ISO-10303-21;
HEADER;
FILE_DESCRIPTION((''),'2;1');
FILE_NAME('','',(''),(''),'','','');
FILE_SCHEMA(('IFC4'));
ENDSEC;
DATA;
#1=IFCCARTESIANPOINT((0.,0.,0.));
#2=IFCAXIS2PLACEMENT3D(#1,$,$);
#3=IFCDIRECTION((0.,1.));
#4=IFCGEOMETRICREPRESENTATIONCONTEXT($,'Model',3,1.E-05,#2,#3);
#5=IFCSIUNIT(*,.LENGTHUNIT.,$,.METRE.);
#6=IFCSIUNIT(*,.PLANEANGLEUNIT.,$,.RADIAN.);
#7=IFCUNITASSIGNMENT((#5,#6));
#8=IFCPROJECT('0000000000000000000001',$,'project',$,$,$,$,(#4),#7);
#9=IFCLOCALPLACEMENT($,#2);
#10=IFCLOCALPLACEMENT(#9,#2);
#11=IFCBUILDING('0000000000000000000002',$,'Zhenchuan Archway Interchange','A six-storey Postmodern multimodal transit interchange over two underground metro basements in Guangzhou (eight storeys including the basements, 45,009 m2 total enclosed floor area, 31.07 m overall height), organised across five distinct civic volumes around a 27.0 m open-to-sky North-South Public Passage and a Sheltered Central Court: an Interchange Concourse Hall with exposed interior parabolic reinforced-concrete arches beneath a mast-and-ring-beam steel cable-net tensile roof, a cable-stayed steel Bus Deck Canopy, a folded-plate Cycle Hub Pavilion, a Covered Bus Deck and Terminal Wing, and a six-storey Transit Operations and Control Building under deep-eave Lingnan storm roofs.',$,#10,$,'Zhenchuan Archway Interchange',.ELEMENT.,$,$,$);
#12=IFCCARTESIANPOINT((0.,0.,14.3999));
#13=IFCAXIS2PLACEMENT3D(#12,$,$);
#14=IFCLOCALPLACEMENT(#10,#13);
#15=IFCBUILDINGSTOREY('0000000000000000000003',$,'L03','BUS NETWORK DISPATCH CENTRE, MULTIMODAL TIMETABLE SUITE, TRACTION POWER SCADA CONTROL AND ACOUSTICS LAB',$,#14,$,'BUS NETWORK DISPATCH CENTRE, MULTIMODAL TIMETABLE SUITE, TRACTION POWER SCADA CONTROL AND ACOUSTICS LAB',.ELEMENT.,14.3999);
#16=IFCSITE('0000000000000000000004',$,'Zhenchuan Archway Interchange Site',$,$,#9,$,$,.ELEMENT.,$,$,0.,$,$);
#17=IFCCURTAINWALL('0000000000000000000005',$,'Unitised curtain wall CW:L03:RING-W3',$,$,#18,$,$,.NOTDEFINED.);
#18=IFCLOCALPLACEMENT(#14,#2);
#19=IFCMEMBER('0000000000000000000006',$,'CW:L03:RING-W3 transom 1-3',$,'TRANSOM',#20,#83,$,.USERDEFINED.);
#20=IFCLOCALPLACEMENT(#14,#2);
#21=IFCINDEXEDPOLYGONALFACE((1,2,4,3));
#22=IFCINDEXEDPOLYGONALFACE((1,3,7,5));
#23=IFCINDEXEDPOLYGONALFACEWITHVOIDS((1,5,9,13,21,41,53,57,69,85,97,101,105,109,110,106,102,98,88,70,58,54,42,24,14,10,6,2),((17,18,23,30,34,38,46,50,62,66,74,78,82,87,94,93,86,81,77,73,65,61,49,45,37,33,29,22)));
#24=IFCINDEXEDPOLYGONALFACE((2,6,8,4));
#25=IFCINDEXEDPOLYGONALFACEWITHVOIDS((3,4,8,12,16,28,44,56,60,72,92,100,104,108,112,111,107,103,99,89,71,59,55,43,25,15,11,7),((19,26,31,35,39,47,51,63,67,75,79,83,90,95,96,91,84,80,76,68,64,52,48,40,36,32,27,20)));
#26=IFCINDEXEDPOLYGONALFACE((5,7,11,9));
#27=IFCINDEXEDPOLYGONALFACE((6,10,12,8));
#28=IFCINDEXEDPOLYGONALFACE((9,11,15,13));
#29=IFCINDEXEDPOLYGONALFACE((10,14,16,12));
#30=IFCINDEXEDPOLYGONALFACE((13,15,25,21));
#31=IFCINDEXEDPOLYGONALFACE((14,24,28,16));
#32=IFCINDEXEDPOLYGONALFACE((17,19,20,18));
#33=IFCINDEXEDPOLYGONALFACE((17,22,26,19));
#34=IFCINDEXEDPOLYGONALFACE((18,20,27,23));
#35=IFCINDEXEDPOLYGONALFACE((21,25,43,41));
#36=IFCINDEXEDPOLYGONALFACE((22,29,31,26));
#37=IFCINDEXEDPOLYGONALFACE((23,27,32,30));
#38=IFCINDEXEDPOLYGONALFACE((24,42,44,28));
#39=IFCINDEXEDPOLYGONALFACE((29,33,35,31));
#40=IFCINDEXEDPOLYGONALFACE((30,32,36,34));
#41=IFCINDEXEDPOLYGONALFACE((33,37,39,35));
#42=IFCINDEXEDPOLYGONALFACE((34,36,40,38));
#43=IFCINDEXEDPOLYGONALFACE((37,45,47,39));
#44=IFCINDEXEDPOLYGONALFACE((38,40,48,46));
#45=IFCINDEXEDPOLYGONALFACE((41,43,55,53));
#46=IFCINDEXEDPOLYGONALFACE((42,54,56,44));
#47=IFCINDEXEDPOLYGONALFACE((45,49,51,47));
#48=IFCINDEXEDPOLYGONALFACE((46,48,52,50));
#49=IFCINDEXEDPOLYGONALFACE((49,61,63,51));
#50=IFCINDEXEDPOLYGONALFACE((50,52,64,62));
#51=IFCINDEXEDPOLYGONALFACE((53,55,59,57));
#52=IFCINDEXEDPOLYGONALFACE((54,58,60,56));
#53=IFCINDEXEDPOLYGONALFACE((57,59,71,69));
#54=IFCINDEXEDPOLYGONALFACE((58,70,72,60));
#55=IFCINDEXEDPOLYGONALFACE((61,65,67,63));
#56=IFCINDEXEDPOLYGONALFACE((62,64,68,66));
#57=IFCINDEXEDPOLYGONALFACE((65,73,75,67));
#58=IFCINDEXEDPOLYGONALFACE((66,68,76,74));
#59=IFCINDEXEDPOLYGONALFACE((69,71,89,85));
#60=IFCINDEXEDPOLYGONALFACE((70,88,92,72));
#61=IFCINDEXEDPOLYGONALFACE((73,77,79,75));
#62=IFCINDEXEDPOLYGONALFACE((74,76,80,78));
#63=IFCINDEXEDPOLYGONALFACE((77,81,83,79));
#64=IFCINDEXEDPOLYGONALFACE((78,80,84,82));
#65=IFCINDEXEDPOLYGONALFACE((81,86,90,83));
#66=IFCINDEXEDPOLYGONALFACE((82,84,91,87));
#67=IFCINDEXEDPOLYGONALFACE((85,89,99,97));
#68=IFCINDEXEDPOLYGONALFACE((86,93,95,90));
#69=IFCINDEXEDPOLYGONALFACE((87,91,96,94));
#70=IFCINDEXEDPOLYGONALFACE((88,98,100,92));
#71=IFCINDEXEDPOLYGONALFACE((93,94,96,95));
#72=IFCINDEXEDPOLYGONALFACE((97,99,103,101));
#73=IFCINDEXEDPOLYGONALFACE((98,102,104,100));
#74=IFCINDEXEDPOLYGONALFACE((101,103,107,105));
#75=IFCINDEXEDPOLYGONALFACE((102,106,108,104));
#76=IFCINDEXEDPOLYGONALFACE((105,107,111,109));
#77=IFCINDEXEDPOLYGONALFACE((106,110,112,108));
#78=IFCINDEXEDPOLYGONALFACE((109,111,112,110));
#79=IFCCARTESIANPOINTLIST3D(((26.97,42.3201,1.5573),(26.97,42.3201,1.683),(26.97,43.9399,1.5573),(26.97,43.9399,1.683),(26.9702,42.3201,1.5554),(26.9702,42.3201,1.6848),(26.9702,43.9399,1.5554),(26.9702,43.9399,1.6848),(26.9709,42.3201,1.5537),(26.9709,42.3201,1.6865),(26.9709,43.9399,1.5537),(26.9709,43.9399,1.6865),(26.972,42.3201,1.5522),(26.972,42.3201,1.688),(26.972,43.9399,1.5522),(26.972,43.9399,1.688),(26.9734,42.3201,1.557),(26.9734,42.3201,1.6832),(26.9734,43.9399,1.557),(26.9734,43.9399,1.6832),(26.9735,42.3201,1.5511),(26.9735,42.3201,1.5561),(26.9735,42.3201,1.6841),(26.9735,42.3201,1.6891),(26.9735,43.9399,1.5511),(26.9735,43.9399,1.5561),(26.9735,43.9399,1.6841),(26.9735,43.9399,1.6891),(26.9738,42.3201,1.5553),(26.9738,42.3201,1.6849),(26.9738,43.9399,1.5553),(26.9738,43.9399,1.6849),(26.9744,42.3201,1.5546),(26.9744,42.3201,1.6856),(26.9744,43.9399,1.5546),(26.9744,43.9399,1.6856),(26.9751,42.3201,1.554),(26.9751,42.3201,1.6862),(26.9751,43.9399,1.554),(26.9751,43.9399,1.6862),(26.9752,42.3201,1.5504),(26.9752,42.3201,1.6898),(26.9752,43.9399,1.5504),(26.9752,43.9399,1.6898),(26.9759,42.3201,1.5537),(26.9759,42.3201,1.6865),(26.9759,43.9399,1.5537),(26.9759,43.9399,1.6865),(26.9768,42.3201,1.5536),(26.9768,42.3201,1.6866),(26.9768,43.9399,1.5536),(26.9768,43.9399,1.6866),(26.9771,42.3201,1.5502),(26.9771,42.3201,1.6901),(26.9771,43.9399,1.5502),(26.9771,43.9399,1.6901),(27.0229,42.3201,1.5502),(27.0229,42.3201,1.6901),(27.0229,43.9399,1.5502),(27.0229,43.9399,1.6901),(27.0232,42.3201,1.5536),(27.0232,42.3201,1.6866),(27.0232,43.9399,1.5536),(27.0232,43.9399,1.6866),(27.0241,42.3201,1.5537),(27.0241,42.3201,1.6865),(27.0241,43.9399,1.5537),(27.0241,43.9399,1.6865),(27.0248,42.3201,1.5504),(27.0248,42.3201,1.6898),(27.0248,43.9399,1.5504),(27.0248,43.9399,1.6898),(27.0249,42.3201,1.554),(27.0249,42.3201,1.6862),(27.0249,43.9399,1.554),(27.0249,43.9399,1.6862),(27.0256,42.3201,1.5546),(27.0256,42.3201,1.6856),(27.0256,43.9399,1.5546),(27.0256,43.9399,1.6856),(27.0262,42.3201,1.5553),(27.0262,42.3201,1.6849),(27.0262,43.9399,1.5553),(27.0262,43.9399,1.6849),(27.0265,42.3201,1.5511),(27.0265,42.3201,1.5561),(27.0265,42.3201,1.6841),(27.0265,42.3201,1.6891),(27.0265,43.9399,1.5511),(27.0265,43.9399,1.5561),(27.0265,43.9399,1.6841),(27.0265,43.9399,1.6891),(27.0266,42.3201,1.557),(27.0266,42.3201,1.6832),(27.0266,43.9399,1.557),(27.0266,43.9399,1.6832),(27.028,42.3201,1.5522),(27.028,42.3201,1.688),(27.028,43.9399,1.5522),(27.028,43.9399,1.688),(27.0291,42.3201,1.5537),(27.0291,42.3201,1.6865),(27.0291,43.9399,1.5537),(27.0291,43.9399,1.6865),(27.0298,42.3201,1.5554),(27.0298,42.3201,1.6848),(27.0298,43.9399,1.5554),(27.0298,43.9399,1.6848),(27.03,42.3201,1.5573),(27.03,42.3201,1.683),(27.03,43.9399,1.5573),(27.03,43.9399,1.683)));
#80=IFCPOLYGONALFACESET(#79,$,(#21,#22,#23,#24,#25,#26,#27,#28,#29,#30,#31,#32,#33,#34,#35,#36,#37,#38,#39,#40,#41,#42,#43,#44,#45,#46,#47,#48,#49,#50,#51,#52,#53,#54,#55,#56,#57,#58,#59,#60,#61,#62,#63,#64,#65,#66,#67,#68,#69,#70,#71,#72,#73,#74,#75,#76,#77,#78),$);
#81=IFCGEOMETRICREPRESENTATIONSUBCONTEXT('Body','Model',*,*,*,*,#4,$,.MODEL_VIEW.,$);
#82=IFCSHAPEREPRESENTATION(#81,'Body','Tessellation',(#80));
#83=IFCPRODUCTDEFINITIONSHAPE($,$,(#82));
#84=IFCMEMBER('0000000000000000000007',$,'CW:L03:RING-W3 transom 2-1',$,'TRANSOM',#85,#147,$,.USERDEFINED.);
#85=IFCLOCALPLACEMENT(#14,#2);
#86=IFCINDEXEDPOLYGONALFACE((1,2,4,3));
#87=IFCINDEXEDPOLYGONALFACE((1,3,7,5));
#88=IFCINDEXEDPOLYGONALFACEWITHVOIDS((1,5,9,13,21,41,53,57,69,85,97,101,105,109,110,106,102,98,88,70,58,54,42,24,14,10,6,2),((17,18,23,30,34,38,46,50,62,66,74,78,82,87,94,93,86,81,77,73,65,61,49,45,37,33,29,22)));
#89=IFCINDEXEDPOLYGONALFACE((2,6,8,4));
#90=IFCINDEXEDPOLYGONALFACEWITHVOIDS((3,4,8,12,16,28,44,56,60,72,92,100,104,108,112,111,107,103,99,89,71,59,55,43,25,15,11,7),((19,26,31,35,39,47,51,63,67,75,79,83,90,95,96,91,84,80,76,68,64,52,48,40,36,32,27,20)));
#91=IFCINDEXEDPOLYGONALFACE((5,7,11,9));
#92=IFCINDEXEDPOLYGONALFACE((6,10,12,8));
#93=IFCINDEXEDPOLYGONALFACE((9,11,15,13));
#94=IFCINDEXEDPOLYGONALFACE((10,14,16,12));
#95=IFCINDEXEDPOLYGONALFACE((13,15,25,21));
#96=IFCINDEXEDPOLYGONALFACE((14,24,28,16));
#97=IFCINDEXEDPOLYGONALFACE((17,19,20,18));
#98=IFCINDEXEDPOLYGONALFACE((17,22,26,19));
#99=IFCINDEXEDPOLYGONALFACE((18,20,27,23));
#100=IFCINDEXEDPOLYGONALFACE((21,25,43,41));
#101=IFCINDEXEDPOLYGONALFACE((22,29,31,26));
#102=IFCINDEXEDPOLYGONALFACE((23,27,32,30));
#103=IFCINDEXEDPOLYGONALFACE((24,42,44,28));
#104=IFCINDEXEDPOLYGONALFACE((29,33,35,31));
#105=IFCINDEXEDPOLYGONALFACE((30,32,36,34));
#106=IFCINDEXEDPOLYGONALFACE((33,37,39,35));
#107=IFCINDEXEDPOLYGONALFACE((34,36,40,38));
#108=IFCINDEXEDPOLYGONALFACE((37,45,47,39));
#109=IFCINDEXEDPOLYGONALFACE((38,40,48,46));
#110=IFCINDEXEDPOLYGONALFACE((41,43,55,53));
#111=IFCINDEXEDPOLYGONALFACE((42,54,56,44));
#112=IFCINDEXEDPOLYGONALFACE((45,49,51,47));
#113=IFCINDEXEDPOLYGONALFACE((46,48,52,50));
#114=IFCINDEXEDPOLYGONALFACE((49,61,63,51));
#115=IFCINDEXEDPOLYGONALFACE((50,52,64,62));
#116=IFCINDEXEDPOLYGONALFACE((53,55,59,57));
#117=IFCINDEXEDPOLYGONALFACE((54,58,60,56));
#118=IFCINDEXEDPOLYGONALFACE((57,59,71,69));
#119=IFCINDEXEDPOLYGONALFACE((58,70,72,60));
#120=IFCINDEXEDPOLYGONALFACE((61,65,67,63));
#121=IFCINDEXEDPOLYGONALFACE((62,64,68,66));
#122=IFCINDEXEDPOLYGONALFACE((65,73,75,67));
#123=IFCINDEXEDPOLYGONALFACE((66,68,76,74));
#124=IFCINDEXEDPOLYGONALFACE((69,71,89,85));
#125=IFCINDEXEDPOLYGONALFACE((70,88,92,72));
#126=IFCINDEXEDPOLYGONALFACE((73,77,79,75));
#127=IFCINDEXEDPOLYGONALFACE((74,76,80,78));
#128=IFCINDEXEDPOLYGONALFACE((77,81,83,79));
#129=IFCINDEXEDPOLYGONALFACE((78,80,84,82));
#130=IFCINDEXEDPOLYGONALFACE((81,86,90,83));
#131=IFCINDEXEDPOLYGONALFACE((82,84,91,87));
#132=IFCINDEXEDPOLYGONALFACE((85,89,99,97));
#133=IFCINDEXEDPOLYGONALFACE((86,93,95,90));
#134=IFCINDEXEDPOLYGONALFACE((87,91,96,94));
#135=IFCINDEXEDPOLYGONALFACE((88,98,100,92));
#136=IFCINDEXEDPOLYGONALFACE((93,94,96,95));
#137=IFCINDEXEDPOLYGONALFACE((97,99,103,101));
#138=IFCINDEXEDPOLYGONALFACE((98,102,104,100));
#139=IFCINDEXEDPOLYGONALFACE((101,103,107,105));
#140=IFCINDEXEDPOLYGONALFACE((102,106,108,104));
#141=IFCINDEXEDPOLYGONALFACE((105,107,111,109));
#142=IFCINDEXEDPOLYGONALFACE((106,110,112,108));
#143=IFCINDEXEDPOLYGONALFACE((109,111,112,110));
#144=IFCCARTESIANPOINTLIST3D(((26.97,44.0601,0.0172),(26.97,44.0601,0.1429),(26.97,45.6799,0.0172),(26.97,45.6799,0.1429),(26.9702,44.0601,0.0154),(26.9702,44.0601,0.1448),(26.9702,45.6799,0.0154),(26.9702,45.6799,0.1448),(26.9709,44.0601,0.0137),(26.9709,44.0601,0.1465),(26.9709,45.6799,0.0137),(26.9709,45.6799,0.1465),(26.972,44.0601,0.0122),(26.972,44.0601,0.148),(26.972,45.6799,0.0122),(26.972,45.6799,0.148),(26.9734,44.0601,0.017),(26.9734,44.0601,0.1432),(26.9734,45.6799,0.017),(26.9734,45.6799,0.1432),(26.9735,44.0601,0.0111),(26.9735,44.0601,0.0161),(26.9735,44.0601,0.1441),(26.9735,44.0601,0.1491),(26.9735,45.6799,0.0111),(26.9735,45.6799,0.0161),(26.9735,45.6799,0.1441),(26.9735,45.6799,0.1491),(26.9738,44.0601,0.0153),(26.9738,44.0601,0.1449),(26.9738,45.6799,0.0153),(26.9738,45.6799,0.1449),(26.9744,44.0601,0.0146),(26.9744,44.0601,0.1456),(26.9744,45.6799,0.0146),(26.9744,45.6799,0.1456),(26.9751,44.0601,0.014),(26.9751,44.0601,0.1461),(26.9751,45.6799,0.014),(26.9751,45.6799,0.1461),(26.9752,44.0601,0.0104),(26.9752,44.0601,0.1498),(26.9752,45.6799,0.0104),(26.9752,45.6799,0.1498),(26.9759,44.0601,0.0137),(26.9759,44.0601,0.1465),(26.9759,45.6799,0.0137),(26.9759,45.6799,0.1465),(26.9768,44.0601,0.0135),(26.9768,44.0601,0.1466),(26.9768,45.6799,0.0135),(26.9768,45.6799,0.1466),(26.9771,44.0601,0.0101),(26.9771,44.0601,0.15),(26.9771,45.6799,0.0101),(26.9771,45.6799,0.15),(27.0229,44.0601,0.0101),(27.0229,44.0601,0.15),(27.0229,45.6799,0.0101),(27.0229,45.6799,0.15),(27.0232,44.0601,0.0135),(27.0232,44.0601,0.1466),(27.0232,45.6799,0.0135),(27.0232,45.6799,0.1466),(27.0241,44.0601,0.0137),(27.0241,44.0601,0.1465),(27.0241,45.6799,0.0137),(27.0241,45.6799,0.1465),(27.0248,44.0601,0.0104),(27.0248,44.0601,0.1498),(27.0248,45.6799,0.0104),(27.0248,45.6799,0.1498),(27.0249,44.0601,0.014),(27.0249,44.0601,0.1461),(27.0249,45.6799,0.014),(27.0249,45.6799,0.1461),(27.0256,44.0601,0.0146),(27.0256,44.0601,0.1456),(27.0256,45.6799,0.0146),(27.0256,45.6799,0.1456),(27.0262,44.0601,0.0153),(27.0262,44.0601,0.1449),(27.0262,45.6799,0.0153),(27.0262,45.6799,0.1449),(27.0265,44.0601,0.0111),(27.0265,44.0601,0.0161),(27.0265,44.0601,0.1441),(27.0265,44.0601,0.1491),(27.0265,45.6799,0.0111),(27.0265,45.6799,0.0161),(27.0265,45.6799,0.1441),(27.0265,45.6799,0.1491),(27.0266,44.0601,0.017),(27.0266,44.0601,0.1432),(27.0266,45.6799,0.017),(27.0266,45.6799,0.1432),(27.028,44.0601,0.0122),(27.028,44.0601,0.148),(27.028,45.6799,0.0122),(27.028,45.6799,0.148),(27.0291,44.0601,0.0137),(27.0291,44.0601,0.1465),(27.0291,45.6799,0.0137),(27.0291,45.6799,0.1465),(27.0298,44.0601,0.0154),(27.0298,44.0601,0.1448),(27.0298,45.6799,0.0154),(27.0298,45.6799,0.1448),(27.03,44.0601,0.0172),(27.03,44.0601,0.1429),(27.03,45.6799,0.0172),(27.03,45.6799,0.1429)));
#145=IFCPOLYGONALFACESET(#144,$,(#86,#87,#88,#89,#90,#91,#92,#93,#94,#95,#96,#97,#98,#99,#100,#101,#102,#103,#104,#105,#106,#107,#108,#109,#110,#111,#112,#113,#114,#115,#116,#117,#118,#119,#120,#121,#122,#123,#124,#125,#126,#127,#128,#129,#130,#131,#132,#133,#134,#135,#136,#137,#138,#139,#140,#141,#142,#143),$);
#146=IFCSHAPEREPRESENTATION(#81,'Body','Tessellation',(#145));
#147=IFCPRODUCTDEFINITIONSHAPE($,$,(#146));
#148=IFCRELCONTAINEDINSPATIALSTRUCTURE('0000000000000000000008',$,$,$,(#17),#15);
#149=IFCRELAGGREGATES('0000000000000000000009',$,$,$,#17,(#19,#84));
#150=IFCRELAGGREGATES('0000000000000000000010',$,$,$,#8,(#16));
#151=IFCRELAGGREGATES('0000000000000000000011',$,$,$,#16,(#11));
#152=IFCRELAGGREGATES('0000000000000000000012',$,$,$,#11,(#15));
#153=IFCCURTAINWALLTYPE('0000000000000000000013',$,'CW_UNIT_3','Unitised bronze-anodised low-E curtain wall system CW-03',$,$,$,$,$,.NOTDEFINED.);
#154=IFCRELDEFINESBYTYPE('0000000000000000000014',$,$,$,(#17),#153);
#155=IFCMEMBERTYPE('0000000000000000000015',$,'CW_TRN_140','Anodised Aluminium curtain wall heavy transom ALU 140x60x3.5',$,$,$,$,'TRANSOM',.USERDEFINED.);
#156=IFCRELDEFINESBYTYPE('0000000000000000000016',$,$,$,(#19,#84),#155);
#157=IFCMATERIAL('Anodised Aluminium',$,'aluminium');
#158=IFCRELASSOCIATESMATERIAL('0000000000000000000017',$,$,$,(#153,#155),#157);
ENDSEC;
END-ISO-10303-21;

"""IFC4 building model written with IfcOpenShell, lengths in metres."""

from ifc_helpers import new_model, si_unit, direction, frame, origin, origin_2d, place, context, subcontext, project, spatial, hollow_rectangle, extrude, material, material_profile, profile_set, type_object, element, aggregate, save


model = new_model("IFC4")

# Units and contexts
model_context = context("Model", 3, precision=1e-05, world=origin(), true_north=direction((0.0, 1.0)))
body_context = subcontext(model_context, "Body", "Model", "MODEL_VIEW")
ifc_project = project(units=[si_unit("LENGTHUNIT", "METRE"), si_unit("PLANEANGLEUNIT", "RADIAN")], contexts=[model_context])

# Site, building, storey
site_placement = place(None, origin())
site = spatial("IfcSite", under=ifc_project, at=site_placement, Name="Zhenchuan Archway Interchange Site", CompositionType="ELEMENT", RefElevation=0.0)
building_placement = place(site_placement, origin())
building = spatial("IfcBuilding", under=site, at=building_placement, Name="Zhenchuan Archway Interchange", Description="A six-storey Postmodern multimodal transit interchange over two underground metro basements in Guangzhou (eight storeys including the basements, 45,009 m2 total enclosed floor area, 31.07 m overall height), organised across five distinct civic volumes around a 27.0 m open-to-sky North-South Public Passage and a Sheltered Central Court: an Interchange Concourse Hall with exposed interior parabolic reinforced-concrete arches beneath a mast-and-ring-beam steel cable-net tensile roof, a cable-stayed steel Bus Deck Canopy, a folded-plate Cycle Hub Pavilion, a Covered Bus Deck and Terminal Wing, and a six-storey Transit Operations and Control Building under deep-eave Lingnan storm roofs.", LongName="Zhenchuan Archway Interchange", CompositionType="ELEMENT")
storey_placement = place(building_placement, frame((0.0, 0.0, 14.3999)))
storey = spatial("IfcBuildingStorey", under=building, at=storey_placement, Name="L03", Description="BUS NETWORK DISPATCH CENTRE, MULTIMODAL TIMETABLE SUITE, TRACTION POWER SCADA CONTROL AND ACOUSTICS LAB", LongName="BUS NETWORK DISPATCH CENTRE, MULTIMODAL TIMETABLE SUITE, TRACTION POWER SCADA CONTROL AND ACOUSTICS LAB", CompositionType="ELEMENT", Elevation=14.3999)

# Curtain wall, members
ifc_material_1 = material(Name="Anodised Aluminium", Category="aluminium")
curtain_wall_type = type_object("IfcCurtainWallType", Name="CW_UNIT_3", Description="Unitised bronze-anodised low-E curtain wall system CW-03", PredefinedType="NOTDEFINED", material=ifc_material_1)
curtain_wall_placement = place(storey_placement, origin())
curtain_wall = element("IfcCurtainWall", 1, at=curtain_wall_placement, inside=storey, type_object=curtain_wall_type, Name="Unitised curtain wall CW:L03:RING-W3", PredefinedType="NOTDEFINED")
ifc_material_profile_1 = material_profile(ifc_material_1, hollow_rectangle(XDim=0.0601, YDim=0.1399, WallThickness=0.0034, InnerFilletRadius=0.0034, OuterFilletRadius=0.0071, at=origin_2d()), Name="ALU 140x60x3.5")
ifc_profile_set_1 = profile_set([ifc_material_profile_1], Name="Anodised Aluminium")
member_type_1 = type_object("IfcMemberType", Name="CW_TRN_140", Description="Anodised Aluminium curtain wall heavy transom ALU 140x60x3.5", ElementType="TRANSOM", PredefinedType="USERDEFINED", material=ifc_profile_set_1)
member_1_placement = place(storey_placement, frame((27.0, 42.3201, 1.6201), z_axis=(0.0, 1.0, 0.0), x_axis=(-1.0, 0.0, 0.0)))
member_1 = element("IfcMember", 2, at=member_1_placement, type_object=member_type_1, Name="CW:L03:RING-W3 transom 1-3", ObjectType="TRANSOM", PredefinedType="USERDEFINED", context=body_context, shape_type="SweptSolid", body=[
    extrude(hollow_rectangle(XDim=0.0601, YDim=0.1399, WallThickness=0.0034, InnerFilletRadius=0.0034, OuterFilletRadius=0.0071, at=origin_2d()), origin(), (0.0, 0.0, 1.0), 1.6199),
])
member_2_placement = place(storey_placement, frame((27.0, 44.0601, 0.0801), z_axis=(0.0, 1.0, 0.0), x_axis=(-1.0, 0.0, 0.0)))
member_2 = element("IfcMember", 3, at=member_2_placement, type_object=member_type_1, Name="CW:L03:RING-W3 transom 2-1", ObjectType="TRANSOM", PredefinedType="USERDEFINED", context=body_context, shape_type="SweptSolid", body=[
    extrude(hollow_rectangle(XDim=0.0601, YDim=0.1399, WallThickness=0.0034, InnerFilletRadius=0.0034, OuterFilletRadius=0.0071, at=origin_2d()), origin(), (0.0, 0.0, 1.0), 1.6199),
])
aggregate(curtain_wall, [member_1, member_2])

save(model, "model.ifc")
